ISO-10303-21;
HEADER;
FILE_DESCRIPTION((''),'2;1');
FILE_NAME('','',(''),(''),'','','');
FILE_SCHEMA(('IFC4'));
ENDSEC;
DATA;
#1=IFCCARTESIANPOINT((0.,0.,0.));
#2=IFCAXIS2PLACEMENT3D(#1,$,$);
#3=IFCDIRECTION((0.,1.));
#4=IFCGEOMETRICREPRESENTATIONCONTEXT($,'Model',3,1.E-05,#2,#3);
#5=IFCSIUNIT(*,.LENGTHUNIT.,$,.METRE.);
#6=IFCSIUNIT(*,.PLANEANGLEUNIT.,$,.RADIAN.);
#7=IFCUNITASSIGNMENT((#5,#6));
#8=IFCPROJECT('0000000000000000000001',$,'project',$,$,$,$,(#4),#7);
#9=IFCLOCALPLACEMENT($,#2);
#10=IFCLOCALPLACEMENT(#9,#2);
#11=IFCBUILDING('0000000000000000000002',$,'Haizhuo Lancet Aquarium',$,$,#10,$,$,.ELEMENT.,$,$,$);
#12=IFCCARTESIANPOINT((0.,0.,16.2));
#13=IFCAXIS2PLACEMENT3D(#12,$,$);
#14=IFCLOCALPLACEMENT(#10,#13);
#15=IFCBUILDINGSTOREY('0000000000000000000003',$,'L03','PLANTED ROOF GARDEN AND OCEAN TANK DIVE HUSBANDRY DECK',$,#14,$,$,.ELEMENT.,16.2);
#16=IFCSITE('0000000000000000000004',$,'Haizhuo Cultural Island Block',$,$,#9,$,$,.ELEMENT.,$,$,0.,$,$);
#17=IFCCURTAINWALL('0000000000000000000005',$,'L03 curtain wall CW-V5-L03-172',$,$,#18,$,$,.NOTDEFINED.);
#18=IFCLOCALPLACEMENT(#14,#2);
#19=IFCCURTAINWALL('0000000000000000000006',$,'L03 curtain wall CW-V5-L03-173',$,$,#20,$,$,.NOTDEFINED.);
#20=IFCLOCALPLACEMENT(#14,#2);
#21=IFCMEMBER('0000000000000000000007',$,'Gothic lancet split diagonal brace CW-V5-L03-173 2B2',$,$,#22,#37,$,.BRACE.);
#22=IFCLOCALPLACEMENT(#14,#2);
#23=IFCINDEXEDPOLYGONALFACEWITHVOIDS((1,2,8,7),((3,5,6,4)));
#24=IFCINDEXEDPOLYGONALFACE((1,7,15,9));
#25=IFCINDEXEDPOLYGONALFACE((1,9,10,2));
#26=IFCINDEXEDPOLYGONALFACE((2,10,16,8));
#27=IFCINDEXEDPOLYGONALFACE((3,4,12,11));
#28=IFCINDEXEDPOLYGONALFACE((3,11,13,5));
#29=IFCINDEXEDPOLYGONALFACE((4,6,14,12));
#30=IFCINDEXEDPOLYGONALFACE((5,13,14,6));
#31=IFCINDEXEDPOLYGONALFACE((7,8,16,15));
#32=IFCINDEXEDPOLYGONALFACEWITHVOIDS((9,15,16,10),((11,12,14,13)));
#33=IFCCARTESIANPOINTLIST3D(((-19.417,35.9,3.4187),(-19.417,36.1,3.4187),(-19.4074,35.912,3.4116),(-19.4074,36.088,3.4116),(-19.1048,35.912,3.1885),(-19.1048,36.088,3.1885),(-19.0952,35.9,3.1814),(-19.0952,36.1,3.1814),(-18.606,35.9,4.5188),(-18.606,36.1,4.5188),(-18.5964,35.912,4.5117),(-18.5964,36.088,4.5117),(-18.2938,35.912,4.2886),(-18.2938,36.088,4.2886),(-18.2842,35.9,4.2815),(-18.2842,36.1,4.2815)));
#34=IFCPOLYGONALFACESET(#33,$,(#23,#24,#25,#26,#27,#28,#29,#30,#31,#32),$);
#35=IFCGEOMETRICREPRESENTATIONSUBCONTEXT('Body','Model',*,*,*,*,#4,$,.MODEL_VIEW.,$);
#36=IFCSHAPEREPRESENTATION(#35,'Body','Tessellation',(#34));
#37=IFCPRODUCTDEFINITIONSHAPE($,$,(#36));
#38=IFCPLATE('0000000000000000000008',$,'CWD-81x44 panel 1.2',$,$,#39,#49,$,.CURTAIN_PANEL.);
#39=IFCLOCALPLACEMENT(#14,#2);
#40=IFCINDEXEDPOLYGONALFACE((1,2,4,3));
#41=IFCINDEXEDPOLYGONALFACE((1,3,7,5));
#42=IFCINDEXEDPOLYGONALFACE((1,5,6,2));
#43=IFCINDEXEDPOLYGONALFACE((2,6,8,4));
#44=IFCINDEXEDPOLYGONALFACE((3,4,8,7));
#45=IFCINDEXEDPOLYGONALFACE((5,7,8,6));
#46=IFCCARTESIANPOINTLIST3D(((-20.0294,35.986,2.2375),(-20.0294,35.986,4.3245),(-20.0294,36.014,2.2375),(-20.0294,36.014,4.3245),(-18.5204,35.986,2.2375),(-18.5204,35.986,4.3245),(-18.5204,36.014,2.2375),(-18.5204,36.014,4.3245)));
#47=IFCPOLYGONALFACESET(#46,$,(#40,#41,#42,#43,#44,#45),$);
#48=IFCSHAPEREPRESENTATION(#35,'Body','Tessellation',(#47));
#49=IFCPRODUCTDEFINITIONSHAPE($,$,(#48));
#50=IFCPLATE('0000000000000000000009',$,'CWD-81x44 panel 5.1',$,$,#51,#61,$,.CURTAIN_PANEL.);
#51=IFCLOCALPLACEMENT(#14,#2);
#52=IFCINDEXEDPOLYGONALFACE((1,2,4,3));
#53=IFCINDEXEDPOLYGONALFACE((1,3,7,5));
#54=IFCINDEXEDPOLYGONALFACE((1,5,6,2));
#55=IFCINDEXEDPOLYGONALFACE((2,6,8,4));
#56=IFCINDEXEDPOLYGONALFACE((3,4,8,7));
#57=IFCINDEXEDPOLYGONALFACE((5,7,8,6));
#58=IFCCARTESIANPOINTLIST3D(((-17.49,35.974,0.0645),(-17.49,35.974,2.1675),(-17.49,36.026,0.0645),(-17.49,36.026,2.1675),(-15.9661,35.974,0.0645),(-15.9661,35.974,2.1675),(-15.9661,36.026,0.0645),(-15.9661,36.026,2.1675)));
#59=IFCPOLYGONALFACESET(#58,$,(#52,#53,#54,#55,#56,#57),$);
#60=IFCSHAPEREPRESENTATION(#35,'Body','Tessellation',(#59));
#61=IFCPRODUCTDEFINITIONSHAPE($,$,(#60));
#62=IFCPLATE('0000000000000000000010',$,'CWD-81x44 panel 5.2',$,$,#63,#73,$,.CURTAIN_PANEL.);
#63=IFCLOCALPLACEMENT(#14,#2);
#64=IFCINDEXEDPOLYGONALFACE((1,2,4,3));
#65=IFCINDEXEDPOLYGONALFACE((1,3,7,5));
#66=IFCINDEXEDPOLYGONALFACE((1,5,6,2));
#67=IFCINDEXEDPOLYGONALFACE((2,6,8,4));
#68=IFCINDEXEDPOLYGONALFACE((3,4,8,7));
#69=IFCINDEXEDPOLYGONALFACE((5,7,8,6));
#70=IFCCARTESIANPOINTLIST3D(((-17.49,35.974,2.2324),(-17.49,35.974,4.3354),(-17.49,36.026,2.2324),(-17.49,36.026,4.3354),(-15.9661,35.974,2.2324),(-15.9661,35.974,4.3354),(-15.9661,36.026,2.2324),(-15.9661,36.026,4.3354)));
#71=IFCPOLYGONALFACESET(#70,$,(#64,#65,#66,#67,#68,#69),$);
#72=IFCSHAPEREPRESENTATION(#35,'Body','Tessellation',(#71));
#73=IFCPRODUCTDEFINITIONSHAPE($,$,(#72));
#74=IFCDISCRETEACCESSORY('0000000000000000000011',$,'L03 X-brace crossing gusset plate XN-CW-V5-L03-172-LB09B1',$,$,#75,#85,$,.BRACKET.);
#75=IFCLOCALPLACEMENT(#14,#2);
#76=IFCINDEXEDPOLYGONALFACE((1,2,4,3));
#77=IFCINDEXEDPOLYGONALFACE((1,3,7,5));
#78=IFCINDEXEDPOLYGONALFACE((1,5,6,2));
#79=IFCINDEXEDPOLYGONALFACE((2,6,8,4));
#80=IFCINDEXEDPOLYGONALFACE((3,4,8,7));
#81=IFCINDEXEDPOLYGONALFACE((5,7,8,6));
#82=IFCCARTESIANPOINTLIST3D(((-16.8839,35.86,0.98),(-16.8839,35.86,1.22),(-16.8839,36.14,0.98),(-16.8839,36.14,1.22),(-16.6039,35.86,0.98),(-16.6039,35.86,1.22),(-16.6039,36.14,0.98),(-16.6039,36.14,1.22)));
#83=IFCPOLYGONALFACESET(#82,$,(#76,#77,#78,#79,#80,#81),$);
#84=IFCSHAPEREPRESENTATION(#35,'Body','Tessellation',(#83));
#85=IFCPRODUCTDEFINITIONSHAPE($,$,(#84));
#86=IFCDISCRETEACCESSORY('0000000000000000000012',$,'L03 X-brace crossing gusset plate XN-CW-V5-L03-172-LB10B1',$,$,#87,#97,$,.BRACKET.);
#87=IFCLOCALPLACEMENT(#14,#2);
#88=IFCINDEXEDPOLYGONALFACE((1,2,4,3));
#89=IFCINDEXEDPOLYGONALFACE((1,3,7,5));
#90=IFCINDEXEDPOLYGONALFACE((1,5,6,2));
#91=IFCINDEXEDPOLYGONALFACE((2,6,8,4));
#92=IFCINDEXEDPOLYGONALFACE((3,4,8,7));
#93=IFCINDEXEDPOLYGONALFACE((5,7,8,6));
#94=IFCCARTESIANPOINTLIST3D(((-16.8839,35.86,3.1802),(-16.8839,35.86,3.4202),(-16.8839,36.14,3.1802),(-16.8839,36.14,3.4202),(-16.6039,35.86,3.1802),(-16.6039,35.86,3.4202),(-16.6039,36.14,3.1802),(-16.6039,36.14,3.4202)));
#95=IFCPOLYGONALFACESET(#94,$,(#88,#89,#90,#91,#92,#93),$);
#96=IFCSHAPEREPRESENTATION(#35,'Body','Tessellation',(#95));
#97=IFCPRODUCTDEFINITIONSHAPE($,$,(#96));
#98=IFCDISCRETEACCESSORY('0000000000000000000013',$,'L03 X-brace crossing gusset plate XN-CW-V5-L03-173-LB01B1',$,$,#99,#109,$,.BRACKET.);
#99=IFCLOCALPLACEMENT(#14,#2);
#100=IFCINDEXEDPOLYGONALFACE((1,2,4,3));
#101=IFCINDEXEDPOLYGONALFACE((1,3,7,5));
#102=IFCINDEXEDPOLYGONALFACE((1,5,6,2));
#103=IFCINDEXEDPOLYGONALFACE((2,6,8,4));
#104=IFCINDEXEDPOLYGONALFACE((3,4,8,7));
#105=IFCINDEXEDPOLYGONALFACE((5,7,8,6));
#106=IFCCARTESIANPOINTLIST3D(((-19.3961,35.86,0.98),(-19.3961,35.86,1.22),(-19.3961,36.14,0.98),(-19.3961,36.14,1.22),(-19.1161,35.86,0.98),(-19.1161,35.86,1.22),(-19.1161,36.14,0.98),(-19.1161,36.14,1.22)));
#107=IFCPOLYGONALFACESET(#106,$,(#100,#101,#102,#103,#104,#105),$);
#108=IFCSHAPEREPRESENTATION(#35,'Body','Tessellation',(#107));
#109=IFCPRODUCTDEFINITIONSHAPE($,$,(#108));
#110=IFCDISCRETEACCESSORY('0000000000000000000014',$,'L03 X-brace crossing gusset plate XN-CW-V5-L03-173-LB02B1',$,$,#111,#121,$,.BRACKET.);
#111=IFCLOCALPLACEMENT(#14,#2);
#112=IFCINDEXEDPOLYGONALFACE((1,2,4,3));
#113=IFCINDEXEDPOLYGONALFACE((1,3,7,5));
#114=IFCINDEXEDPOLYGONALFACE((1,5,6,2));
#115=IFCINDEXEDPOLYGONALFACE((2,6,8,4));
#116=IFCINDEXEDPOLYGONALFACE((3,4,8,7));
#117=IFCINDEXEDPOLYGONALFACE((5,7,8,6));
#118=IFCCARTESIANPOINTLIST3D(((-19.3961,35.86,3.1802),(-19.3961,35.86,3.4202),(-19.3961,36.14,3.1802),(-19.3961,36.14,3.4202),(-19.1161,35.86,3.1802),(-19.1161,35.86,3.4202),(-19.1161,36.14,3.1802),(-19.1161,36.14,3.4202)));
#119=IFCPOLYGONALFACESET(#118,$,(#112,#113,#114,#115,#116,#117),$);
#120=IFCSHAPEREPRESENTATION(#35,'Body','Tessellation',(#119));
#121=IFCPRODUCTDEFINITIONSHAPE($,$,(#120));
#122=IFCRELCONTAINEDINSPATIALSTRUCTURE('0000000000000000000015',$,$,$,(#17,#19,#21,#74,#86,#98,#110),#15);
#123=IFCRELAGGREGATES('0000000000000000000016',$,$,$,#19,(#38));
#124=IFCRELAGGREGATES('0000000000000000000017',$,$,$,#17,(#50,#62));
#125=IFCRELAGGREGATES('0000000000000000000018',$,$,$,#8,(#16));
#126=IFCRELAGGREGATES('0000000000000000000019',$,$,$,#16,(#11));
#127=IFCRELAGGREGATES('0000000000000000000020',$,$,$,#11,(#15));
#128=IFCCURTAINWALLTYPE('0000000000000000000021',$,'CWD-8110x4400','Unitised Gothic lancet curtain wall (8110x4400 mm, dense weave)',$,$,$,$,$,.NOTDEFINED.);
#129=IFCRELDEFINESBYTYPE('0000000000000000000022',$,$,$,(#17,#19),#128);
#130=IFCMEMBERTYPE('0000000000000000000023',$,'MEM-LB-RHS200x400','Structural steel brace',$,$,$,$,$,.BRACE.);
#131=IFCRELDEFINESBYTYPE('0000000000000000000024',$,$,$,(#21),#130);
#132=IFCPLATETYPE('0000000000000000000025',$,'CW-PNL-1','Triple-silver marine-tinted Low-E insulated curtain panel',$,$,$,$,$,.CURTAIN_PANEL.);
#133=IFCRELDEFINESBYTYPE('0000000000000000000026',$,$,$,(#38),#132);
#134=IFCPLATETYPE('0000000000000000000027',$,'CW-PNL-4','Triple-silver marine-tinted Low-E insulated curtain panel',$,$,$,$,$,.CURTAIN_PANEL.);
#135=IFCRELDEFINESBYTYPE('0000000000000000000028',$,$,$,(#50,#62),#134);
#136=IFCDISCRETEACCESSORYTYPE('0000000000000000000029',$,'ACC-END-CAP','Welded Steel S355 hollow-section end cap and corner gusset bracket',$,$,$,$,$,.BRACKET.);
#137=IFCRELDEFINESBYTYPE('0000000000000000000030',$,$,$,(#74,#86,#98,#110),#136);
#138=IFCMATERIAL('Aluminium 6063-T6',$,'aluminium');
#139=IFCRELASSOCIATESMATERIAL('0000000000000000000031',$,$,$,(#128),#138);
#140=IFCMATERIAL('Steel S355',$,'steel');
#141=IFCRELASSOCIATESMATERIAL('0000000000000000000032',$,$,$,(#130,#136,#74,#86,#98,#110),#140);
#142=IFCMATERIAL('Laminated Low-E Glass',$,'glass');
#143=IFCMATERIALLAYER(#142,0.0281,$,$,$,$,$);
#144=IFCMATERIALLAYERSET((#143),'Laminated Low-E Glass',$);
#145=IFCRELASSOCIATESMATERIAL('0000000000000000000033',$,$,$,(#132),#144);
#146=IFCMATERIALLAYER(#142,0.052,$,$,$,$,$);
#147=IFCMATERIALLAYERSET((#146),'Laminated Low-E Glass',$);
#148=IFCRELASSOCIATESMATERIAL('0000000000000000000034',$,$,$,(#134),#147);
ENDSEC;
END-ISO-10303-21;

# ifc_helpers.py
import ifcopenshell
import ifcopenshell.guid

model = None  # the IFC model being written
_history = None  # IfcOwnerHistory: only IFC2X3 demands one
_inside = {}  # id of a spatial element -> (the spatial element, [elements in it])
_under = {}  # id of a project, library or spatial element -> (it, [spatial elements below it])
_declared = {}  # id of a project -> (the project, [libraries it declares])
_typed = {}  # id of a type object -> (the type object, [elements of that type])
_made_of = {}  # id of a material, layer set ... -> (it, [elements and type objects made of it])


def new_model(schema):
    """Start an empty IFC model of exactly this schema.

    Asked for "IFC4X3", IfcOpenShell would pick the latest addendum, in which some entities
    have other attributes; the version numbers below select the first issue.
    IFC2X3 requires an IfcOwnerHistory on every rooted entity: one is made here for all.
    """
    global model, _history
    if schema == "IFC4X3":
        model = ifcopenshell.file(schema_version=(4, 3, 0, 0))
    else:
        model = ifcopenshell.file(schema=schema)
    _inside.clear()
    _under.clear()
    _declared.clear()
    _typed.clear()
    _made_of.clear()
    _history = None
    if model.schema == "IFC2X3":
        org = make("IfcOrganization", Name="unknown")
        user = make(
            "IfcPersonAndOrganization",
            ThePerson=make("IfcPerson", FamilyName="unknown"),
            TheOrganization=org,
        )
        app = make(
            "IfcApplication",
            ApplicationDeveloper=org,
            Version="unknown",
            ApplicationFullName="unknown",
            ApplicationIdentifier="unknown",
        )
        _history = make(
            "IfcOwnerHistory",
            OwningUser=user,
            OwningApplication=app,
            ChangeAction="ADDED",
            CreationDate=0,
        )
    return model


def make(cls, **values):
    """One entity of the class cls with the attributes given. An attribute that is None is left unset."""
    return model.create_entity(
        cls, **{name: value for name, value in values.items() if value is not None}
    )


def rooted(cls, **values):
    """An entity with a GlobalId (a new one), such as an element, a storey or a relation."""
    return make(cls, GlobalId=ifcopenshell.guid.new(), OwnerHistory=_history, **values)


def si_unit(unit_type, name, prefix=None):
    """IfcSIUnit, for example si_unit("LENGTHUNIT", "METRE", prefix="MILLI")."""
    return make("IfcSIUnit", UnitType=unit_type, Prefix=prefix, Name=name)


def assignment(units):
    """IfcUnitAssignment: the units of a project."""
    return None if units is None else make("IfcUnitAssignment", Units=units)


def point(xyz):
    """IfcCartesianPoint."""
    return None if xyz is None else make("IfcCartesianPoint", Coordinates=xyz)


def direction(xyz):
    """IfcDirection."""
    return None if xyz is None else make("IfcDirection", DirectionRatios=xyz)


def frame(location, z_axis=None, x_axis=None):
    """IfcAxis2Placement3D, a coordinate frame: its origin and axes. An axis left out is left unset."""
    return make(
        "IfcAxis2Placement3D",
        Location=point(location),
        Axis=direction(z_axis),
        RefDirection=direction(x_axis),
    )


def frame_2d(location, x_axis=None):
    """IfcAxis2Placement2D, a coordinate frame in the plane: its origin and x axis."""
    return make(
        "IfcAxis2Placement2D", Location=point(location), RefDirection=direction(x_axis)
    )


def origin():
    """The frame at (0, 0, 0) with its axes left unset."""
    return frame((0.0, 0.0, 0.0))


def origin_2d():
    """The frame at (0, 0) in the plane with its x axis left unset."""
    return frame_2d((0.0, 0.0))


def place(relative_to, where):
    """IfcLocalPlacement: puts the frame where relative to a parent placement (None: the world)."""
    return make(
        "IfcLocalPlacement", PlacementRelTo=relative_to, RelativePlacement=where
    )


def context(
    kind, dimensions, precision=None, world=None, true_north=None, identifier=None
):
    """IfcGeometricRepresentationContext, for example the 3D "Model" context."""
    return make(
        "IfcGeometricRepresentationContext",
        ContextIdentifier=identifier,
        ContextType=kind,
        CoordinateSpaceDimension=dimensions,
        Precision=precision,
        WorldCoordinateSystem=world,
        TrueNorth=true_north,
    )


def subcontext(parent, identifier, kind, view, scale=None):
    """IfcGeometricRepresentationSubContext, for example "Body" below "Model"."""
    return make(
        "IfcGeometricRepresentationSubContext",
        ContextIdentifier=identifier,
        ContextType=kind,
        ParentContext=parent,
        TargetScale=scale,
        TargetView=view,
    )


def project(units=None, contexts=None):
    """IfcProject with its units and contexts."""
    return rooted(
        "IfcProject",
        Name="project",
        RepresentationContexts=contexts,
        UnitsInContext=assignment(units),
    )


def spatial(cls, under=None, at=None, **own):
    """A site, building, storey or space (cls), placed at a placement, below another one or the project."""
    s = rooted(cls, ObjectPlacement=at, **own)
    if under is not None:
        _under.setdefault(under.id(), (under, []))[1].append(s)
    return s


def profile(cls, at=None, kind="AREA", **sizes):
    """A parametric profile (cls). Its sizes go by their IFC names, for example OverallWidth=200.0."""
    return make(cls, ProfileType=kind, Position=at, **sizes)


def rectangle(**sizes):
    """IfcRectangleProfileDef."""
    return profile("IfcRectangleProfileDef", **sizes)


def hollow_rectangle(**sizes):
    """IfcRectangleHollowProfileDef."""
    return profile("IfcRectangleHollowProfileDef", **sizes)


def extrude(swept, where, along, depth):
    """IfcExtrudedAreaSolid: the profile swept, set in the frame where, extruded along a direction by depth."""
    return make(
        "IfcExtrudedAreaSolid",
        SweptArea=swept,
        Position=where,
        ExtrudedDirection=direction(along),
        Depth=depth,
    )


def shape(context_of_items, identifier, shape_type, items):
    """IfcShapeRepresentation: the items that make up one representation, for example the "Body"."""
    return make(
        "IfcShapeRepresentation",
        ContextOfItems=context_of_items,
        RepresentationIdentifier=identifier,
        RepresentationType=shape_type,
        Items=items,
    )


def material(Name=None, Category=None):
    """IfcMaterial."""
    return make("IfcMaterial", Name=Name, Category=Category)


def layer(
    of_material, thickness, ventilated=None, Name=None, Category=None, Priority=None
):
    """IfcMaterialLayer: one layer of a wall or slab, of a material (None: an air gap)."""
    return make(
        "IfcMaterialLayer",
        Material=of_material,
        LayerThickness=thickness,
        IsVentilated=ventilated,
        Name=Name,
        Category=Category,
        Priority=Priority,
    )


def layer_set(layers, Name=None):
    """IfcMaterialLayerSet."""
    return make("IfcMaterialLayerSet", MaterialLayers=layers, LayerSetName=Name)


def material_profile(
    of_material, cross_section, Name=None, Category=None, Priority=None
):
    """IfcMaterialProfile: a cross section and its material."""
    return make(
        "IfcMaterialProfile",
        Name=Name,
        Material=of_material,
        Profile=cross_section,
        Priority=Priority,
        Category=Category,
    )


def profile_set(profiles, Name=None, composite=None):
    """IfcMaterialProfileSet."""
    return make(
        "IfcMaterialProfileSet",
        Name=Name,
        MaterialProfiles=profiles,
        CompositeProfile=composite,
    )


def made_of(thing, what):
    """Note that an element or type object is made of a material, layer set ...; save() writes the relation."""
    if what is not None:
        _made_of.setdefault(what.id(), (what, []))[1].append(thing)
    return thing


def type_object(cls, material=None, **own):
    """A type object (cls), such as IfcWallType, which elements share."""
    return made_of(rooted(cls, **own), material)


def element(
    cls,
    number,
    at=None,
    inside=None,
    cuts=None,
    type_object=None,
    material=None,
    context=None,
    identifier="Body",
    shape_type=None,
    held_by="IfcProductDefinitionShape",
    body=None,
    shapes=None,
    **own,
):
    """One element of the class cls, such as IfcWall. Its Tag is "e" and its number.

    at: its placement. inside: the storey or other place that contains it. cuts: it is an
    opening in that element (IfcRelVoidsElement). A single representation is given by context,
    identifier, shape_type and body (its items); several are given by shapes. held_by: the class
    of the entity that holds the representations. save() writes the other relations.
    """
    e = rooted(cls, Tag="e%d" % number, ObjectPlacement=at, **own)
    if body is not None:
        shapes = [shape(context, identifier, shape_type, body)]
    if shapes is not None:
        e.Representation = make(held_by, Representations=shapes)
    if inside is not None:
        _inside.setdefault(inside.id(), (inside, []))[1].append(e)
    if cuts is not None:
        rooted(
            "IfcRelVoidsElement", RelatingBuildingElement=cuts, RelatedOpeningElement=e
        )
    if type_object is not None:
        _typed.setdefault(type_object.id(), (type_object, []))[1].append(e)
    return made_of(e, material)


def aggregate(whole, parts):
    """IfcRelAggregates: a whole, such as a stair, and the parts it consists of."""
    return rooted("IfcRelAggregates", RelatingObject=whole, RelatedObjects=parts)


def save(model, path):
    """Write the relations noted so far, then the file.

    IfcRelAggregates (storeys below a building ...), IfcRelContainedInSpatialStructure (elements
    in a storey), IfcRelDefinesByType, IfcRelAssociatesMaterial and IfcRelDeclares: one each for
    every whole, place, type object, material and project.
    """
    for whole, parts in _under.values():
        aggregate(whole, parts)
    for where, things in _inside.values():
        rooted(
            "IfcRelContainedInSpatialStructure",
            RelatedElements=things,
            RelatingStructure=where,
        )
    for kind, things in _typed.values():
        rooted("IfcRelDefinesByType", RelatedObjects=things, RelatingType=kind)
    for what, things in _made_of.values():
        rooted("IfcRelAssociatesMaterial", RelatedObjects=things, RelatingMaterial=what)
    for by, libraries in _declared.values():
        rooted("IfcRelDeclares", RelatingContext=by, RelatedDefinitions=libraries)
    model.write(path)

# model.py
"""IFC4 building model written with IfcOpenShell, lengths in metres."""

from ifc_helpers import new_model, si_unit, direction, frame, origin, origin_2d, place, context, subcontext, project, spatial, rectangle, hollow_rectangle, extrude, material, layer, layer_set, material_profile, profile_set, type_object, element, aggregate, save


model = new_model("IFC4")

# Units and contexts
model_context = context("Model", 3, precision=1e-05, world=origin(), true_north=direction((0.0, 1.0)))
body_context = subcontext(model_context, "Body", "Model", "MODEL_VIEW")
ifc_project = project(units=[si_unit("LENGTHUNIT", "METRE"), si_unit("PLANEANGLEUNIT", "RADIAN")], contexts=[model_context])

# Site, building, storey
site_placement = place(None, origin())
site = spatial("IfcSite", under=ifc_project, at=site_placement, Name="Haizhuo Cultural Island Block", CompositionType="ELEMENT", RefElevation=0.0)
building_placement = place(site_placement, origin())
building = spatial("IfcBuilding", under=site, at=building_placement, Name="Haizhuo Lancet Aquarium", CompositionType="ELEMENT")
storey_placement = place(building_placement, frame((0.0, 0.0, 16.2)))
storey = spatial("IfcBuildingStorey", under=building, at=storey_placement, Name="L03", Description="PLANTED ROOF GARDEN AND OCEAN TANK DIVE HUSBANDRY DECK", CompositionType="ELEMENT", Elevation=16.2)

# Curtain wall
ifc_material_1 = material(Name="Aluminium 6063-T6", Category="aluminium")
curtain_wall_type = type_object("IfcCurtainWallType", Name="CWD-8110x4400", Description="Unitised Gothic lancet curtain wall (8110x4400 mm, dense weave)", PredefinedType="NOTDEFINED", material=ifc_material_1)
curtain_wall_1_placement = place(storey_placement, origin())
curtain_wall_1 = element("IfcCurtainWall", 1, at=curtain_wall_1_placement, inside=storey, type_object=curtain_wall_type, Name="L03 curtain wall CW-V5-L03-172", PredefinedType="NOTDEFINED")

# Curtain wall
curtain_wall_2_placement = place(storey_placement, origin())
curtain_wall_2 = element("IfcCurtainWall", 2, at=curtain_wall_2_placement, inside=storey, type_object=curtain_wall_type, Name="L03 curtain wall CW-V5-L03-173", PredefinedType="NOTDEFINED")

# Member
ifc_material_2 = material(Name="Steel S355", Category="steel")
ifc_material_profile_1 = material_profile(ifc_material_2, hollow_rectangle(XDim=0.2, YDim=0.3999, WallThickness=0.012, at=origin_2d()), Name="RHS 200x400x12")
ifc_profile_set_1 = profile_set([ifc_material_profile_1], Name="Steel S355")
member_type_1 = type_object("IfcMemberType", Name="MEM-LB-RHS200x400", Description="Structural steel brace", PredefinedType="BRACE", material=ifc_profile_set_1)
member_1_placement = place(storey_placement, frame((-19.2561, 36.0, 3.3), z_axis=(0.593406, 0.0, 0.804903), x_axis=(0.0, 1.0, 0.0)))
element("IfcMember", 3, at=member_1_placement, inside=storey, type_object=member_type_1, Name="Gothic lancet split diagonal brace CW-V5-L03-173 2B2", PredefinedType="BRACE", context=body_context, shape_type="SweptSolid", body=[
    extrude(hollow_rectangle(XDim=0.2, YDim=0.3999, WallThickness=0.012, at=origin_2d()), origin(), (0.0, 0.0, 1.0), 1.3667),
])

# Plates
ifc_material_3 = material(Name="Laminated Low-E Glass", Category="glass")
ifc_layer_1 = layer(ifc_material_3, 0.0281)
ifc_layer_set_1 = layer_set([ifc_layer_1], Name="Laminated Low-E Glass")
plate_type_1 = type_object("IfcPlateType", Name="CW-PNL-1", Description="Triple-silver marine-tinted Low-E insulated curtain panel", PredefinedType="CURTAIN_PANEL", material=ifc_layer_set_1)
plate_1_placement = place(storey_placement, frame((-19.2749, 36.0, 2.2375), z_axis=(0.0, 0.0, 1.0), x_axis=(-1.0, 0.0, 0.0)))
plate_1 = element("IfcPlate", 4, at=plate_1_placement, type_object=plate_type_1, Name="CWD-81x44 panel 1.2", PredefinedType="CURTAIN_PANEL", context=body_context, shape_type="SweptSolid", body=[
    extrude(rectangle(XDim=1.509, YDim=0.0281, at=origin_2d()), origin(), (0.0, 0.0, 1.0), 2.0869),
])
aggregate(curtain_wall_2, [plate_1])
ifc_layer_2 = layer(ifc_material_3, 0.052)
ifc_layer_set_2 = layer_set([ifc_layer_2], Name="Laminated Low-E Glass")
plate_type_2 = type_object("IfcPlateType", Name="CW-PNL-4", Description="Triple-silver marine-tinted Low-E insulated curtain panel", PredefinedType="CURTAIN_PANEL", material=ifc_layer_set_2)
plate_2_placement = place(storey_placement, frame((-16.728, 36.0, 0.0645), z_axis=(0.0, 0.0, 1.0), x_axis=(-1.0, 0.0, 0.0)))
plate_2 = element("IfcPlate", 5, at=plate_2_placement, type_object=plate_type_2, Name="CWD-81x44 panel 5.1", PredefinedType="CURTAIN_PANEL", context=body_context, shape_type="SweptSolid", body=[
    extrude(rectangle(XDim=1.5239, YDim=0.052, at=origin_2d()), origin(), (0.0, 0.0, 1.0), 2.103),
])
plate_3_placement = place(storey_placement, frame((-16.728, 36.0, 2.2324), z_axis=(0.0, 0.0, 1.0), x_axis=(-1.0, 0.0, 0.0)))
plate_3 = element("IfcPlate", 6, at=plate_3_placement, type_object=plate_type_2, Name="CWD-81x44 panel 5.2", PredefinedType="CURTAIN_PANEL", context=body_context, shape_type="SweptSolid", body=[
    extrude(rectangle(XDim=1.5239, YDim=0.052, at=origin_2d()), origin(), (0.0, 0.0, 1.0), 2.103),
])
aggregate(curtain_wall_1, [plate_2, plate_3])

# Discrete accessories
discrete_accessory_type = type_object("IfcDiscreteAccessoryType", Name="ACC-END-CAP", Description="Welded Steel S355 hollow-section end cap and corner gusset bracket", PredefinedType="BRACKET", material=ifc_material_2)
for number, where, z_axis, x_axis, name in (
    (7, (-16.7439, 36.0, 0.98), (0.0, 0.0, 1.0), (1.0, 0.0, 0.0), "L03 X-brace crossing gusset plate XN-CW-V5-L03-172-LB09B1"),
    (8, (-16.7439, 36.0, 3.1802), (0.0, 0.0, 1.0), (1.0, 0.0, 0.0), "L03 X-brace crossing gusset plate XN-CW-V5-L03-172-LB10B1"),
    (9, (-19.2561, 36.0, 0.98), (0.0, 0.0, 1.0), (1.0, 0.0, 0.0), "L03 X-brace crossing gusset plate XN-CW-V5-L03-173-LB01B1"),
    (10, (-19.2561, 36.0, 3.1802), (0.0, 0.0, 1.0), (1.0, 0.0, 0.0), "L03 X-brace crossing gusset plate XN-CW-V5-L03-173-LB02B1"),
):
    element("IfcDiscreteAccessory", number, at=place(storey_placement, frame(where, z_axis=z_axis, x_axis=x_axis)), inside=storey, type_object=discrete_accessory_type, material=ifc_material_2, Name=name, PredefinedType="BRACKET", context=body_context, shape_type="SweptSolid", body=[
        extrude(rectangle(XDim=0.28, YDim=0.28, at=origin_2d()), origin(), (0.0, 0.0, 1.0), 0.24),
    ])

save(model, "model.ifc")
